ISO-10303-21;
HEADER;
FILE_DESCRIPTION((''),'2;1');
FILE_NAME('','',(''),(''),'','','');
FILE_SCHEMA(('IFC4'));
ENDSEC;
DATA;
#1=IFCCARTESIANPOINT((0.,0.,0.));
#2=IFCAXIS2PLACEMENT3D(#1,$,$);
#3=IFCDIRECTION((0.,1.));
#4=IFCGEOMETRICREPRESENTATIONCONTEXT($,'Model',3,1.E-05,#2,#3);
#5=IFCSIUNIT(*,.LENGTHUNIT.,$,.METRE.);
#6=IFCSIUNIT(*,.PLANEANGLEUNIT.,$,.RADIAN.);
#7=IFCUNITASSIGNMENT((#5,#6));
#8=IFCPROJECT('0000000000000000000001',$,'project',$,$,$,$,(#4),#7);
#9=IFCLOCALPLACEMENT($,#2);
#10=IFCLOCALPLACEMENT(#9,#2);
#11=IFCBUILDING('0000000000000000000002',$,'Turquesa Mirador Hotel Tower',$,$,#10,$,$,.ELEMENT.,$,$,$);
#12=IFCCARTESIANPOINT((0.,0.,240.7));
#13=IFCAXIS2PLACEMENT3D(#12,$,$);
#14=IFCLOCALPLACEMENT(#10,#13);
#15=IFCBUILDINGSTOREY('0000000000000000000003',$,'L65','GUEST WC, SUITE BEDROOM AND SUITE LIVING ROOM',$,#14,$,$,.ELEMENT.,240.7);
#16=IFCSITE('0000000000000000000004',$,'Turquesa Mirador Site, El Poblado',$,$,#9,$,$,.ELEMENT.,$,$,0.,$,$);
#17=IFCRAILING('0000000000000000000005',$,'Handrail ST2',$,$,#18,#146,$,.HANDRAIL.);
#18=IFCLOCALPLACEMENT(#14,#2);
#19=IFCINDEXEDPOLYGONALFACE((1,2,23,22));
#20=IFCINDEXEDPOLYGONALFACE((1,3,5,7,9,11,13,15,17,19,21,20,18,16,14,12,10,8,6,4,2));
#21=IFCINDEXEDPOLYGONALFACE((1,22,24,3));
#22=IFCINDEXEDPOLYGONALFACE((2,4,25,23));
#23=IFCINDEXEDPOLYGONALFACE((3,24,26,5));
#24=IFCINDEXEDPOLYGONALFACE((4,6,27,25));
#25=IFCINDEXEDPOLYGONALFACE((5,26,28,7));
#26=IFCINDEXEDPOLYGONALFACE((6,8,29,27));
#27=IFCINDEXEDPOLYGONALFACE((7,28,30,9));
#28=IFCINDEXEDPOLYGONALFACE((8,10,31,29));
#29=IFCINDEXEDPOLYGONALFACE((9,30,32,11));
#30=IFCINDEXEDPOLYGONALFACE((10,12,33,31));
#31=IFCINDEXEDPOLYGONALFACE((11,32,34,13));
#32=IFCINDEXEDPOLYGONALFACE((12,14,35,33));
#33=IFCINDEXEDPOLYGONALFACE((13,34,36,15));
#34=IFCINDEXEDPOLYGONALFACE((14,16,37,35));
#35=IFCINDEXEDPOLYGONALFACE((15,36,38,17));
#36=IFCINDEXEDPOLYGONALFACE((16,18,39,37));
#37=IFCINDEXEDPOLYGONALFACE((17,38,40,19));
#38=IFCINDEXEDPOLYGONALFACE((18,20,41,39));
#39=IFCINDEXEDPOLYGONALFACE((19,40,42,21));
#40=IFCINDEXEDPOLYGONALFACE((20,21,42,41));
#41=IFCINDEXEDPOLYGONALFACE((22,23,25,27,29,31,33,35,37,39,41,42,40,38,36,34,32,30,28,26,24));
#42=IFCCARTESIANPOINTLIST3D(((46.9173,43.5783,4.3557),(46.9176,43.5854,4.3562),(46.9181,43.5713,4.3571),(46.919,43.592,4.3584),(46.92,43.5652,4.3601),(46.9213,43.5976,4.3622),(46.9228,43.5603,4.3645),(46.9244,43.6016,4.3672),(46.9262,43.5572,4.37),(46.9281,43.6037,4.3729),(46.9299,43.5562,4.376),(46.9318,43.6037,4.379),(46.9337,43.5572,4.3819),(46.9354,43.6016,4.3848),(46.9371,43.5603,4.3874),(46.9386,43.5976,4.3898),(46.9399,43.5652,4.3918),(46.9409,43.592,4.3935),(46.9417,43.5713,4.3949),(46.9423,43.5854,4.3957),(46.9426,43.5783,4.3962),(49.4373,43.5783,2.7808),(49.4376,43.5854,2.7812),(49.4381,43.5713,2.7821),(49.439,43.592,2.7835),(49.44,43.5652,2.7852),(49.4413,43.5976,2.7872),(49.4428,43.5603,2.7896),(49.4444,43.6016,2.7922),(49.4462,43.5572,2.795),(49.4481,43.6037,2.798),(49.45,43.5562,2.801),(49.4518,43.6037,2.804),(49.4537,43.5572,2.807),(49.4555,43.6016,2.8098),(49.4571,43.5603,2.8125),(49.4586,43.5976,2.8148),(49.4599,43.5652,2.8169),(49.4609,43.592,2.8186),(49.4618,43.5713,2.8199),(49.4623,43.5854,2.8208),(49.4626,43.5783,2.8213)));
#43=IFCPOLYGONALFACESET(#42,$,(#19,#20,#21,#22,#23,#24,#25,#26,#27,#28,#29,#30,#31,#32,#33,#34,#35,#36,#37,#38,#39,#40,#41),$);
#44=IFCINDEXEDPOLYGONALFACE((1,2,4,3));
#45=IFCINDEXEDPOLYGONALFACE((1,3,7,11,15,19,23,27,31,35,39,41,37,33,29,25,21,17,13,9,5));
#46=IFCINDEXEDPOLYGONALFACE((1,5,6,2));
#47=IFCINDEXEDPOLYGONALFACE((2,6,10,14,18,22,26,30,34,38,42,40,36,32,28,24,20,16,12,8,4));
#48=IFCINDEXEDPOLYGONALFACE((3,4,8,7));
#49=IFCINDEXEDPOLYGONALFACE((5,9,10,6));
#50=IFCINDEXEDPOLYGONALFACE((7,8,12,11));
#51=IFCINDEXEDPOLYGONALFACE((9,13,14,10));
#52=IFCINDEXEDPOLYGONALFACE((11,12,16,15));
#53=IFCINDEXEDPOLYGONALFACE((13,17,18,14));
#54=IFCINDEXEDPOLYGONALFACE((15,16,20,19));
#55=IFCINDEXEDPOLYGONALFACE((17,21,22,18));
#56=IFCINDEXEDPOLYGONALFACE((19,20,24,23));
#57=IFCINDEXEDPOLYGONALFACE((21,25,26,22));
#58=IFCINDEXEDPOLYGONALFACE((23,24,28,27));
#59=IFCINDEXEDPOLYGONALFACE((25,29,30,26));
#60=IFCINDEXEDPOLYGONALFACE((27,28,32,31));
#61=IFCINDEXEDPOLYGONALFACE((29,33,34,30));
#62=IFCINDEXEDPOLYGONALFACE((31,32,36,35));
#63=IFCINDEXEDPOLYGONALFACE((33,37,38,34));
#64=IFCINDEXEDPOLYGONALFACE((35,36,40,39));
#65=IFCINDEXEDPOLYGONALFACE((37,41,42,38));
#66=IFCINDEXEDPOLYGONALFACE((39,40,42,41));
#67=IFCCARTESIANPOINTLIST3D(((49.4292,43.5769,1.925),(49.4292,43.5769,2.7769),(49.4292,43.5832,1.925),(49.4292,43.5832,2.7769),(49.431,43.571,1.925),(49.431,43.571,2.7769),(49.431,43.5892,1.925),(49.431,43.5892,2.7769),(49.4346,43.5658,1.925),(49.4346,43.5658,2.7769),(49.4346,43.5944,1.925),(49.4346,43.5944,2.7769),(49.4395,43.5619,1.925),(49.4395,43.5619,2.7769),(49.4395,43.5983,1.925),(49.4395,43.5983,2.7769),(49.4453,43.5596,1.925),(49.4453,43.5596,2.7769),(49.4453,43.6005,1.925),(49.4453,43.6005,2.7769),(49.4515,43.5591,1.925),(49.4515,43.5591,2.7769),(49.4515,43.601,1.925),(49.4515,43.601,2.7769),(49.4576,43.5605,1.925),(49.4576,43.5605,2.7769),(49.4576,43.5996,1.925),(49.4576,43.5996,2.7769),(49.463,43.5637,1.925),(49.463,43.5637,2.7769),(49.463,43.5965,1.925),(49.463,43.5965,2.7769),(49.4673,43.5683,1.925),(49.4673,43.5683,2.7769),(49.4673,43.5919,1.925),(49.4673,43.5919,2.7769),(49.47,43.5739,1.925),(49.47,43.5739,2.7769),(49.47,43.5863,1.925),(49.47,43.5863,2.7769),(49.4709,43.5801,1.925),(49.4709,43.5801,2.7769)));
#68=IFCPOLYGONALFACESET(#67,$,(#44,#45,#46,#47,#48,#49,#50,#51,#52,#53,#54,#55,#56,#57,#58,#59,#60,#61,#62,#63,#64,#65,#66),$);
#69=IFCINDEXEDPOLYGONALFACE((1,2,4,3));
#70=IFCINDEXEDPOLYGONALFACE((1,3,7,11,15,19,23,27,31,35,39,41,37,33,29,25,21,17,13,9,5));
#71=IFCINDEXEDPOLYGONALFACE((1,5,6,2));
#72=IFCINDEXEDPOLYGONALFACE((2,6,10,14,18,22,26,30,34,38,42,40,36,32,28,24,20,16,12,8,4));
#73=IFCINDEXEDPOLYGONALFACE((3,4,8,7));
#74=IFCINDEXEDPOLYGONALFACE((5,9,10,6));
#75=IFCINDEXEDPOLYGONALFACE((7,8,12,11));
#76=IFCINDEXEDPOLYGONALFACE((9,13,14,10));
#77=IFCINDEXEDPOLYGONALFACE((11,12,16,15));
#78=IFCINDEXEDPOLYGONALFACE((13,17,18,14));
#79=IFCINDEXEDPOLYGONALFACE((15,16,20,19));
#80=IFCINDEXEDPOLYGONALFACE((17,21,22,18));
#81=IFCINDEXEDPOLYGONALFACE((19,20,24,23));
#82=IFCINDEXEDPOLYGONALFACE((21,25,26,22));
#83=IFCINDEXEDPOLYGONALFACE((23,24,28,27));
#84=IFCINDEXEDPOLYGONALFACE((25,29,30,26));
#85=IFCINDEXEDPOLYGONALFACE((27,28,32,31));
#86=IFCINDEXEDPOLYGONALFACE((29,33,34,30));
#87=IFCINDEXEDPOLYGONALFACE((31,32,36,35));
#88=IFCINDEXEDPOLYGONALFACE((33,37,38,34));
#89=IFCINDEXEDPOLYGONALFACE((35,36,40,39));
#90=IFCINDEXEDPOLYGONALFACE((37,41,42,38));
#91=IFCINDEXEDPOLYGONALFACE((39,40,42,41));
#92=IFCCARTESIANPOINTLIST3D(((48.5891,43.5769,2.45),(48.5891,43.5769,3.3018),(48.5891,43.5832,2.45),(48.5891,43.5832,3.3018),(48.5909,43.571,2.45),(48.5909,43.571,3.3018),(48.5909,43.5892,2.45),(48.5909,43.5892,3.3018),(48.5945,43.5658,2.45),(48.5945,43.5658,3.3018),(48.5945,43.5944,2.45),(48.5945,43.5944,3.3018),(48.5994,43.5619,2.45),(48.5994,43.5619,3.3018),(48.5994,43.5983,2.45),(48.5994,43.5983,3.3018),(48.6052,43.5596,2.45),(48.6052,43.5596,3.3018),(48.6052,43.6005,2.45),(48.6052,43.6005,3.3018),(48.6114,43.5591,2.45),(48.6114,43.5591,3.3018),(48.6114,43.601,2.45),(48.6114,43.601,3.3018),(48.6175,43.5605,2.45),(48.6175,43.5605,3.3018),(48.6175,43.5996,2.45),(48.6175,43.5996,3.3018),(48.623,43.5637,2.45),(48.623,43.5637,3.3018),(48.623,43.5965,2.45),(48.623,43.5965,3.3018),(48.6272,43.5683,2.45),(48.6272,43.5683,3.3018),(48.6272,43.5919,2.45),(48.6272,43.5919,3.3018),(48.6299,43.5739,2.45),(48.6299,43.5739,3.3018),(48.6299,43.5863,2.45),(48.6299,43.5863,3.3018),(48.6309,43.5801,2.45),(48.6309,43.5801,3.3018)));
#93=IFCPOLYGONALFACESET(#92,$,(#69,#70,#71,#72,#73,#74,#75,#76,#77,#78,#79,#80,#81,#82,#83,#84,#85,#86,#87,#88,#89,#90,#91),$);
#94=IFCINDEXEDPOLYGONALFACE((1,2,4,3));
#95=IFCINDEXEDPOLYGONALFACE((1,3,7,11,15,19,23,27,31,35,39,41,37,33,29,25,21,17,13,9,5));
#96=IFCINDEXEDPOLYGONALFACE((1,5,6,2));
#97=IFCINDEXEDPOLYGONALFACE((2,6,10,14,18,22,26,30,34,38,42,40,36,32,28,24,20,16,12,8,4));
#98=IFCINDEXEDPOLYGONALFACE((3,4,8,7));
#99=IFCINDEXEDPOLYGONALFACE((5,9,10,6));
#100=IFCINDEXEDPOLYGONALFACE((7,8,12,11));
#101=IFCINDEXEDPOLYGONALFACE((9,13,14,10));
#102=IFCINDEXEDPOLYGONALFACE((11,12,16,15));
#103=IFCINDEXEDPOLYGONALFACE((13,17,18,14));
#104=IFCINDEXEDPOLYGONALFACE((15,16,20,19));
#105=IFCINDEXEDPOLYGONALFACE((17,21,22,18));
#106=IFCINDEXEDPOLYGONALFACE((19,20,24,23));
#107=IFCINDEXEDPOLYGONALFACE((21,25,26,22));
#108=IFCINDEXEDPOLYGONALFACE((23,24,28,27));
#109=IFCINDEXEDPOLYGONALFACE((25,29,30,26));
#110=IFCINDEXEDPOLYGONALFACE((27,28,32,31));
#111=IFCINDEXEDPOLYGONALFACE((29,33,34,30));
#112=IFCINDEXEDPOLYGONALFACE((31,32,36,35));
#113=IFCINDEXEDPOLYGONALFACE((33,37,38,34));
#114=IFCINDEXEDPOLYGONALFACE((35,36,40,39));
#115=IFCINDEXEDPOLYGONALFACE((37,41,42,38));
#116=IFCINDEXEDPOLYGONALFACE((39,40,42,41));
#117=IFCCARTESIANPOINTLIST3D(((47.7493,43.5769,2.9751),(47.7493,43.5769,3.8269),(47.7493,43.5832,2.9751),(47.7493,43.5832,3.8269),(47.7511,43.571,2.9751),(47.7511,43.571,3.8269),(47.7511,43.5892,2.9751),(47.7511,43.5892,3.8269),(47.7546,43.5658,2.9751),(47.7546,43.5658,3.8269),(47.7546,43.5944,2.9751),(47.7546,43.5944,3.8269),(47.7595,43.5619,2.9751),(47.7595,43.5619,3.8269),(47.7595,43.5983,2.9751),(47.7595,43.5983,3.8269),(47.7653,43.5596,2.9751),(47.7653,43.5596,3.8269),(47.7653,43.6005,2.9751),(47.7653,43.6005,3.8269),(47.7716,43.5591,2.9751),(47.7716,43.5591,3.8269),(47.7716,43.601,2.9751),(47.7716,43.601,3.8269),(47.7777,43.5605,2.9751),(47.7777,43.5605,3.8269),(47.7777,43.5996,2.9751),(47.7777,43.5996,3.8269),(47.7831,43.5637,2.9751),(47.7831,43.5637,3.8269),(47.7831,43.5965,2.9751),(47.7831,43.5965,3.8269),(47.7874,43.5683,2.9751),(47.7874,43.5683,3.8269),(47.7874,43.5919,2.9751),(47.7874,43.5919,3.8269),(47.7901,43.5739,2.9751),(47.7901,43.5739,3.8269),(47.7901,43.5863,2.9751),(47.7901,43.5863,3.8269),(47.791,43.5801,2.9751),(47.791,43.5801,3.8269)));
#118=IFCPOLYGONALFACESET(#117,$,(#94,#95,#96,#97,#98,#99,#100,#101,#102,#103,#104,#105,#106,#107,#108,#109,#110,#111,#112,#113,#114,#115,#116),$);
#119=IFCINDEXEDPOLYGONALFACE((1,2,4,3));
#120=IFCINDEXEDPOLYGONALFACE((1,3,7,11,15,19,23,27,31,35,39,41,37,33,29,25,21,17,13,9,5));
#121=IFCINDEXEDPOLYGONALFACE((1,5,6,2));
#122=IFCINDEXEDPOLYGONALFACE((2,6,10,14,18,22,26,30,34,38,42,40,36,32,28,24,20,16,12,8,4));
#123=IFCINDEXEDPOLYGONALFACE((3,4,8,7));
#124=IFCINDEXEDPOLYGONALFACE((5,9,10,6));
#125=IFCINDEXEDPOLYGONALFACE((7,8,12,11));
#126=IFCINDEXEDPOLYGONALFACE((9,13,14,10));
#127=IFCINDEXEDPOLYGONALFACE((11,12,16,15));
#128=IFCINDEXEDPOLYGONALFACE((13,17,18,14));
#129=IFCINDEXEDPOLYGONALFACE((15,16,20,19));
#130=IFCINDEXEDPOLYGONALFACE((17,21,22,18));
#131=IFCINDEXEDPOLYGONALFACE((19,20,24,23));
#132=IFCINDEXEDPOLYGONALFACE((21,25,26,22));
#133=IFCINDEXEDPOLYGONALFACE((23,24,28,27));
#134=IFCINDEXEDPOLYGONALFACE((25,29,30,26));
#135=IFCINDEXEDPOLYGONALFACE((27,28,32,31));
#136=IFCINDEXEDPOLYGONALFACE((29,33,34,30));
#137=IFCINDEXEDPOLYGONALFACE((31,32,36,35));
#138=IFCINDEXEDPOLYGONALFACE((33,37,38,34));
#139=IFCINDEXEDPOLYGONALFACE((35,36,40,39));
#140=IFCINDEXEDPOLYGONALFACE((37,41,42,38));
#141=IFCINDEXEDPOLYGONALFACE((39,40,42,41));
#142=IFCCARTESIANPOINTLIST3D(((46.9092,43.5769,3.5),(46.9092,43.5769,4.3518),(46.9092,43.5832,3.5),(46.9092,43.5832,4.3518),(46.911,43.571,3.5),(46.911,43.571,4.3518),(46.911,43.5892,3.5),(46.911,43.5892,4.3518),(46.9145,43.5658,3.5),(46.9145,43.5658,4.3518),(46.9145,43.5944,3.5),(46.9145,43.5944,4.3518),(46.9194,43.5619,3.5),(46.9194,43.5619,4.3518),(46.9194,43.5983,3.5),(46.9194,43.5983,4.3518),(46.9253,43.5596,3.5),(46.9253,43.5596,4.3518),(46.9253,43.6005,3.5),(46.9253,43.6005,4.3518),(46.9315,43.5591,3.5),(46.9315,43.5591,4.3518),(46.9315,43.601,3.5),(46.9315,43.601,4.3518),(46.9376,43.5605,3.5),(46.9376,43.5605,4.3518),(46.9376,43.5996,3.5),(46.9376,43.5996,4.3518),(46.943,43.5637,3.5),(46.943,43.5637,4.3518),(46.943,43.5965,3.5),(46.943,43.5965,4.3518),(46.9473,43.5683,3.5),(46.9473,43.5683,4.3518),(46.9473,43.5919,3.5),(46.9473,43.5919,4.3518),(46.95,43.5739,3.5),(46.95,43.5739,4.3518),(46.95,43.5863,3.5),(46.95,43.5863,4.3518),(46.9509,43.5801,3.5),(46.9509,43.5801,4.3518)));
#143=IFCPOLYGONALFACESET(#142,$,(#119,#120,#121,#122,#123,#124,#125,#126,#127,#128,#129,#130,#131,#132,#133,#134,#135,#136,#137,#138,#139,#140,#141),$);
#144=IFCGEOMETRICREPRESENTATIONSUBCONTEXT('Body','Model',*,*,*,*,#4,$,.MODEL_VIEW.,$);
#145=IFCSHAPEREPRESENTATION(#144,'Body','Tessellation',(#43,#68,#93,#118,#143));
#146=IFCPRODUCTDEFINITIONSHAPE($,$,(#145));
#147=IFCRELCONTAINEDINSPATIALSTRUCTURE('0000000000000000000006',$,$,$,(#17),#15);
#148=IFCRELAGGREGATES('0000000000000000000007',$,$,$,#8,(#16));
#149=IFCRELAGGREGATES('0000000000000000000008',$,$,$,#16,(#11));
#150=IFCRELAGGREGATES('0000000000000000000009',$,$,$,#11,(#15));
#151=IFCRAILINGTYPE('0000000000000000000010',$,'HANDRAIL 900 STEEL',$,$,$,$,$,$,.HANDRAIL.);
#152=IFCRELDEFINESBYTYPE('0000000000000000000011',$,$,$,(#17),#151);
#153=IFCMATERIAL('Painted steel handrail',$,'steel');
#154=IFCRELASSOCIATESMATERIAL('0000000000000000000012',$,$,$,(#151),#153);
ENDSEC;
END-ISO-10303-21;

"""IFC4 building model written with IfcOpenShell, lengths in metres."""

from ifc_helpers import new_model, si_unit, direction, frame, origin, origin_2d, place, context, subcontext, project, spatial, circle, extrude, material, type_object, element, save


model = new_model("IFC4")

# Units and contexts
model_context = context("Model", 3, precision=1e-05, world=origin(), true_north=direction((0.0, 1.0)))
body_context = subcontext(model_context, "Body", "Model", "MODEL_VIEW")
ifc_project = project(units=[si_unit("LENGTHUNIT", "METRE"), si_unit("PLANEANGLEUNIT", "RADIAN")], contexts=[model_context])

# Site, building, storey
site_placement = place(None, origin())
site = spatial("IfcSite", under=ifc_project, at=site_placement, Name="Turquesa Mirador Site, El Poblado", CompositionType="ELEMENT", RefElevation=0.0)
building_placement = place(site_placement, origin())
building = spatial("IfcBuilding", under=site, at=building_placement, Name="Turquesa Mirador Hotel Tower", CompositionType="ELEMENT")
storey_placement = place(building_placement, frame((0.0, 0.0, 240.7)))
storey = spatial("IfcBuildingStorey", under=building, at=storey_placement, Name="L65", Description="GUEST WC, SUITE BEDROOM AND SUITE LIVING ROOM", CompositionType="ELEMENT", Elevation=240.7)

# Railing
ifc_material_1 = material(Name="Painted steel handrail", Category="steel")
railing_type = type_object("IfcRailingType", Name="HANDRAIL 900 STEEL", PredefinedType="HANDRAIL", material=ifc_material_1)
railing_1_placement = place(storey_placement, frame((49.45, 43.5801, 1.925)))
element("IfcRailing", 1, at=railing_1_placement, inside=storey, type_object=railing_type, Name="Handrail ST2", PredefinedType="HANDRAIL", context=body_context, shape_type="SweptSolid", body=[
    extrude(circle(Radius=0.0239, at=origin_2d()), frame((0.0, 0.0, 0.876), z_axis=(-0.848008, 0.0, 0.529984), x_axis=(0.0, -1.0, 0.0)), (0.0, 0.0, 1.0), 2.9717),
    extrude(circle(Radius=0.021, at=origin_2d()), origin(), (0.0, 0.0, 1.0), 0.8518),
    extrude(circle(Radius=0.021, at=origin_2d()), frame((-0.8401, 0.0, 0.5249)), (0.0, 0.0, 1.0), 0.8518),
    extrude(circle(Radius=0.021, at=origin_2d()), frame((-1.6799, 0.0, 1.05)), (0.0, 0.0, 1.0), 0.8518),
    extrude(circle(Radius=0.021, at=origin_2d()), frame((-2.52, 0.0, 1.575)), (0.0, 0.0, 1.0), 0.8518),
])

save(model, "model.ifc")
